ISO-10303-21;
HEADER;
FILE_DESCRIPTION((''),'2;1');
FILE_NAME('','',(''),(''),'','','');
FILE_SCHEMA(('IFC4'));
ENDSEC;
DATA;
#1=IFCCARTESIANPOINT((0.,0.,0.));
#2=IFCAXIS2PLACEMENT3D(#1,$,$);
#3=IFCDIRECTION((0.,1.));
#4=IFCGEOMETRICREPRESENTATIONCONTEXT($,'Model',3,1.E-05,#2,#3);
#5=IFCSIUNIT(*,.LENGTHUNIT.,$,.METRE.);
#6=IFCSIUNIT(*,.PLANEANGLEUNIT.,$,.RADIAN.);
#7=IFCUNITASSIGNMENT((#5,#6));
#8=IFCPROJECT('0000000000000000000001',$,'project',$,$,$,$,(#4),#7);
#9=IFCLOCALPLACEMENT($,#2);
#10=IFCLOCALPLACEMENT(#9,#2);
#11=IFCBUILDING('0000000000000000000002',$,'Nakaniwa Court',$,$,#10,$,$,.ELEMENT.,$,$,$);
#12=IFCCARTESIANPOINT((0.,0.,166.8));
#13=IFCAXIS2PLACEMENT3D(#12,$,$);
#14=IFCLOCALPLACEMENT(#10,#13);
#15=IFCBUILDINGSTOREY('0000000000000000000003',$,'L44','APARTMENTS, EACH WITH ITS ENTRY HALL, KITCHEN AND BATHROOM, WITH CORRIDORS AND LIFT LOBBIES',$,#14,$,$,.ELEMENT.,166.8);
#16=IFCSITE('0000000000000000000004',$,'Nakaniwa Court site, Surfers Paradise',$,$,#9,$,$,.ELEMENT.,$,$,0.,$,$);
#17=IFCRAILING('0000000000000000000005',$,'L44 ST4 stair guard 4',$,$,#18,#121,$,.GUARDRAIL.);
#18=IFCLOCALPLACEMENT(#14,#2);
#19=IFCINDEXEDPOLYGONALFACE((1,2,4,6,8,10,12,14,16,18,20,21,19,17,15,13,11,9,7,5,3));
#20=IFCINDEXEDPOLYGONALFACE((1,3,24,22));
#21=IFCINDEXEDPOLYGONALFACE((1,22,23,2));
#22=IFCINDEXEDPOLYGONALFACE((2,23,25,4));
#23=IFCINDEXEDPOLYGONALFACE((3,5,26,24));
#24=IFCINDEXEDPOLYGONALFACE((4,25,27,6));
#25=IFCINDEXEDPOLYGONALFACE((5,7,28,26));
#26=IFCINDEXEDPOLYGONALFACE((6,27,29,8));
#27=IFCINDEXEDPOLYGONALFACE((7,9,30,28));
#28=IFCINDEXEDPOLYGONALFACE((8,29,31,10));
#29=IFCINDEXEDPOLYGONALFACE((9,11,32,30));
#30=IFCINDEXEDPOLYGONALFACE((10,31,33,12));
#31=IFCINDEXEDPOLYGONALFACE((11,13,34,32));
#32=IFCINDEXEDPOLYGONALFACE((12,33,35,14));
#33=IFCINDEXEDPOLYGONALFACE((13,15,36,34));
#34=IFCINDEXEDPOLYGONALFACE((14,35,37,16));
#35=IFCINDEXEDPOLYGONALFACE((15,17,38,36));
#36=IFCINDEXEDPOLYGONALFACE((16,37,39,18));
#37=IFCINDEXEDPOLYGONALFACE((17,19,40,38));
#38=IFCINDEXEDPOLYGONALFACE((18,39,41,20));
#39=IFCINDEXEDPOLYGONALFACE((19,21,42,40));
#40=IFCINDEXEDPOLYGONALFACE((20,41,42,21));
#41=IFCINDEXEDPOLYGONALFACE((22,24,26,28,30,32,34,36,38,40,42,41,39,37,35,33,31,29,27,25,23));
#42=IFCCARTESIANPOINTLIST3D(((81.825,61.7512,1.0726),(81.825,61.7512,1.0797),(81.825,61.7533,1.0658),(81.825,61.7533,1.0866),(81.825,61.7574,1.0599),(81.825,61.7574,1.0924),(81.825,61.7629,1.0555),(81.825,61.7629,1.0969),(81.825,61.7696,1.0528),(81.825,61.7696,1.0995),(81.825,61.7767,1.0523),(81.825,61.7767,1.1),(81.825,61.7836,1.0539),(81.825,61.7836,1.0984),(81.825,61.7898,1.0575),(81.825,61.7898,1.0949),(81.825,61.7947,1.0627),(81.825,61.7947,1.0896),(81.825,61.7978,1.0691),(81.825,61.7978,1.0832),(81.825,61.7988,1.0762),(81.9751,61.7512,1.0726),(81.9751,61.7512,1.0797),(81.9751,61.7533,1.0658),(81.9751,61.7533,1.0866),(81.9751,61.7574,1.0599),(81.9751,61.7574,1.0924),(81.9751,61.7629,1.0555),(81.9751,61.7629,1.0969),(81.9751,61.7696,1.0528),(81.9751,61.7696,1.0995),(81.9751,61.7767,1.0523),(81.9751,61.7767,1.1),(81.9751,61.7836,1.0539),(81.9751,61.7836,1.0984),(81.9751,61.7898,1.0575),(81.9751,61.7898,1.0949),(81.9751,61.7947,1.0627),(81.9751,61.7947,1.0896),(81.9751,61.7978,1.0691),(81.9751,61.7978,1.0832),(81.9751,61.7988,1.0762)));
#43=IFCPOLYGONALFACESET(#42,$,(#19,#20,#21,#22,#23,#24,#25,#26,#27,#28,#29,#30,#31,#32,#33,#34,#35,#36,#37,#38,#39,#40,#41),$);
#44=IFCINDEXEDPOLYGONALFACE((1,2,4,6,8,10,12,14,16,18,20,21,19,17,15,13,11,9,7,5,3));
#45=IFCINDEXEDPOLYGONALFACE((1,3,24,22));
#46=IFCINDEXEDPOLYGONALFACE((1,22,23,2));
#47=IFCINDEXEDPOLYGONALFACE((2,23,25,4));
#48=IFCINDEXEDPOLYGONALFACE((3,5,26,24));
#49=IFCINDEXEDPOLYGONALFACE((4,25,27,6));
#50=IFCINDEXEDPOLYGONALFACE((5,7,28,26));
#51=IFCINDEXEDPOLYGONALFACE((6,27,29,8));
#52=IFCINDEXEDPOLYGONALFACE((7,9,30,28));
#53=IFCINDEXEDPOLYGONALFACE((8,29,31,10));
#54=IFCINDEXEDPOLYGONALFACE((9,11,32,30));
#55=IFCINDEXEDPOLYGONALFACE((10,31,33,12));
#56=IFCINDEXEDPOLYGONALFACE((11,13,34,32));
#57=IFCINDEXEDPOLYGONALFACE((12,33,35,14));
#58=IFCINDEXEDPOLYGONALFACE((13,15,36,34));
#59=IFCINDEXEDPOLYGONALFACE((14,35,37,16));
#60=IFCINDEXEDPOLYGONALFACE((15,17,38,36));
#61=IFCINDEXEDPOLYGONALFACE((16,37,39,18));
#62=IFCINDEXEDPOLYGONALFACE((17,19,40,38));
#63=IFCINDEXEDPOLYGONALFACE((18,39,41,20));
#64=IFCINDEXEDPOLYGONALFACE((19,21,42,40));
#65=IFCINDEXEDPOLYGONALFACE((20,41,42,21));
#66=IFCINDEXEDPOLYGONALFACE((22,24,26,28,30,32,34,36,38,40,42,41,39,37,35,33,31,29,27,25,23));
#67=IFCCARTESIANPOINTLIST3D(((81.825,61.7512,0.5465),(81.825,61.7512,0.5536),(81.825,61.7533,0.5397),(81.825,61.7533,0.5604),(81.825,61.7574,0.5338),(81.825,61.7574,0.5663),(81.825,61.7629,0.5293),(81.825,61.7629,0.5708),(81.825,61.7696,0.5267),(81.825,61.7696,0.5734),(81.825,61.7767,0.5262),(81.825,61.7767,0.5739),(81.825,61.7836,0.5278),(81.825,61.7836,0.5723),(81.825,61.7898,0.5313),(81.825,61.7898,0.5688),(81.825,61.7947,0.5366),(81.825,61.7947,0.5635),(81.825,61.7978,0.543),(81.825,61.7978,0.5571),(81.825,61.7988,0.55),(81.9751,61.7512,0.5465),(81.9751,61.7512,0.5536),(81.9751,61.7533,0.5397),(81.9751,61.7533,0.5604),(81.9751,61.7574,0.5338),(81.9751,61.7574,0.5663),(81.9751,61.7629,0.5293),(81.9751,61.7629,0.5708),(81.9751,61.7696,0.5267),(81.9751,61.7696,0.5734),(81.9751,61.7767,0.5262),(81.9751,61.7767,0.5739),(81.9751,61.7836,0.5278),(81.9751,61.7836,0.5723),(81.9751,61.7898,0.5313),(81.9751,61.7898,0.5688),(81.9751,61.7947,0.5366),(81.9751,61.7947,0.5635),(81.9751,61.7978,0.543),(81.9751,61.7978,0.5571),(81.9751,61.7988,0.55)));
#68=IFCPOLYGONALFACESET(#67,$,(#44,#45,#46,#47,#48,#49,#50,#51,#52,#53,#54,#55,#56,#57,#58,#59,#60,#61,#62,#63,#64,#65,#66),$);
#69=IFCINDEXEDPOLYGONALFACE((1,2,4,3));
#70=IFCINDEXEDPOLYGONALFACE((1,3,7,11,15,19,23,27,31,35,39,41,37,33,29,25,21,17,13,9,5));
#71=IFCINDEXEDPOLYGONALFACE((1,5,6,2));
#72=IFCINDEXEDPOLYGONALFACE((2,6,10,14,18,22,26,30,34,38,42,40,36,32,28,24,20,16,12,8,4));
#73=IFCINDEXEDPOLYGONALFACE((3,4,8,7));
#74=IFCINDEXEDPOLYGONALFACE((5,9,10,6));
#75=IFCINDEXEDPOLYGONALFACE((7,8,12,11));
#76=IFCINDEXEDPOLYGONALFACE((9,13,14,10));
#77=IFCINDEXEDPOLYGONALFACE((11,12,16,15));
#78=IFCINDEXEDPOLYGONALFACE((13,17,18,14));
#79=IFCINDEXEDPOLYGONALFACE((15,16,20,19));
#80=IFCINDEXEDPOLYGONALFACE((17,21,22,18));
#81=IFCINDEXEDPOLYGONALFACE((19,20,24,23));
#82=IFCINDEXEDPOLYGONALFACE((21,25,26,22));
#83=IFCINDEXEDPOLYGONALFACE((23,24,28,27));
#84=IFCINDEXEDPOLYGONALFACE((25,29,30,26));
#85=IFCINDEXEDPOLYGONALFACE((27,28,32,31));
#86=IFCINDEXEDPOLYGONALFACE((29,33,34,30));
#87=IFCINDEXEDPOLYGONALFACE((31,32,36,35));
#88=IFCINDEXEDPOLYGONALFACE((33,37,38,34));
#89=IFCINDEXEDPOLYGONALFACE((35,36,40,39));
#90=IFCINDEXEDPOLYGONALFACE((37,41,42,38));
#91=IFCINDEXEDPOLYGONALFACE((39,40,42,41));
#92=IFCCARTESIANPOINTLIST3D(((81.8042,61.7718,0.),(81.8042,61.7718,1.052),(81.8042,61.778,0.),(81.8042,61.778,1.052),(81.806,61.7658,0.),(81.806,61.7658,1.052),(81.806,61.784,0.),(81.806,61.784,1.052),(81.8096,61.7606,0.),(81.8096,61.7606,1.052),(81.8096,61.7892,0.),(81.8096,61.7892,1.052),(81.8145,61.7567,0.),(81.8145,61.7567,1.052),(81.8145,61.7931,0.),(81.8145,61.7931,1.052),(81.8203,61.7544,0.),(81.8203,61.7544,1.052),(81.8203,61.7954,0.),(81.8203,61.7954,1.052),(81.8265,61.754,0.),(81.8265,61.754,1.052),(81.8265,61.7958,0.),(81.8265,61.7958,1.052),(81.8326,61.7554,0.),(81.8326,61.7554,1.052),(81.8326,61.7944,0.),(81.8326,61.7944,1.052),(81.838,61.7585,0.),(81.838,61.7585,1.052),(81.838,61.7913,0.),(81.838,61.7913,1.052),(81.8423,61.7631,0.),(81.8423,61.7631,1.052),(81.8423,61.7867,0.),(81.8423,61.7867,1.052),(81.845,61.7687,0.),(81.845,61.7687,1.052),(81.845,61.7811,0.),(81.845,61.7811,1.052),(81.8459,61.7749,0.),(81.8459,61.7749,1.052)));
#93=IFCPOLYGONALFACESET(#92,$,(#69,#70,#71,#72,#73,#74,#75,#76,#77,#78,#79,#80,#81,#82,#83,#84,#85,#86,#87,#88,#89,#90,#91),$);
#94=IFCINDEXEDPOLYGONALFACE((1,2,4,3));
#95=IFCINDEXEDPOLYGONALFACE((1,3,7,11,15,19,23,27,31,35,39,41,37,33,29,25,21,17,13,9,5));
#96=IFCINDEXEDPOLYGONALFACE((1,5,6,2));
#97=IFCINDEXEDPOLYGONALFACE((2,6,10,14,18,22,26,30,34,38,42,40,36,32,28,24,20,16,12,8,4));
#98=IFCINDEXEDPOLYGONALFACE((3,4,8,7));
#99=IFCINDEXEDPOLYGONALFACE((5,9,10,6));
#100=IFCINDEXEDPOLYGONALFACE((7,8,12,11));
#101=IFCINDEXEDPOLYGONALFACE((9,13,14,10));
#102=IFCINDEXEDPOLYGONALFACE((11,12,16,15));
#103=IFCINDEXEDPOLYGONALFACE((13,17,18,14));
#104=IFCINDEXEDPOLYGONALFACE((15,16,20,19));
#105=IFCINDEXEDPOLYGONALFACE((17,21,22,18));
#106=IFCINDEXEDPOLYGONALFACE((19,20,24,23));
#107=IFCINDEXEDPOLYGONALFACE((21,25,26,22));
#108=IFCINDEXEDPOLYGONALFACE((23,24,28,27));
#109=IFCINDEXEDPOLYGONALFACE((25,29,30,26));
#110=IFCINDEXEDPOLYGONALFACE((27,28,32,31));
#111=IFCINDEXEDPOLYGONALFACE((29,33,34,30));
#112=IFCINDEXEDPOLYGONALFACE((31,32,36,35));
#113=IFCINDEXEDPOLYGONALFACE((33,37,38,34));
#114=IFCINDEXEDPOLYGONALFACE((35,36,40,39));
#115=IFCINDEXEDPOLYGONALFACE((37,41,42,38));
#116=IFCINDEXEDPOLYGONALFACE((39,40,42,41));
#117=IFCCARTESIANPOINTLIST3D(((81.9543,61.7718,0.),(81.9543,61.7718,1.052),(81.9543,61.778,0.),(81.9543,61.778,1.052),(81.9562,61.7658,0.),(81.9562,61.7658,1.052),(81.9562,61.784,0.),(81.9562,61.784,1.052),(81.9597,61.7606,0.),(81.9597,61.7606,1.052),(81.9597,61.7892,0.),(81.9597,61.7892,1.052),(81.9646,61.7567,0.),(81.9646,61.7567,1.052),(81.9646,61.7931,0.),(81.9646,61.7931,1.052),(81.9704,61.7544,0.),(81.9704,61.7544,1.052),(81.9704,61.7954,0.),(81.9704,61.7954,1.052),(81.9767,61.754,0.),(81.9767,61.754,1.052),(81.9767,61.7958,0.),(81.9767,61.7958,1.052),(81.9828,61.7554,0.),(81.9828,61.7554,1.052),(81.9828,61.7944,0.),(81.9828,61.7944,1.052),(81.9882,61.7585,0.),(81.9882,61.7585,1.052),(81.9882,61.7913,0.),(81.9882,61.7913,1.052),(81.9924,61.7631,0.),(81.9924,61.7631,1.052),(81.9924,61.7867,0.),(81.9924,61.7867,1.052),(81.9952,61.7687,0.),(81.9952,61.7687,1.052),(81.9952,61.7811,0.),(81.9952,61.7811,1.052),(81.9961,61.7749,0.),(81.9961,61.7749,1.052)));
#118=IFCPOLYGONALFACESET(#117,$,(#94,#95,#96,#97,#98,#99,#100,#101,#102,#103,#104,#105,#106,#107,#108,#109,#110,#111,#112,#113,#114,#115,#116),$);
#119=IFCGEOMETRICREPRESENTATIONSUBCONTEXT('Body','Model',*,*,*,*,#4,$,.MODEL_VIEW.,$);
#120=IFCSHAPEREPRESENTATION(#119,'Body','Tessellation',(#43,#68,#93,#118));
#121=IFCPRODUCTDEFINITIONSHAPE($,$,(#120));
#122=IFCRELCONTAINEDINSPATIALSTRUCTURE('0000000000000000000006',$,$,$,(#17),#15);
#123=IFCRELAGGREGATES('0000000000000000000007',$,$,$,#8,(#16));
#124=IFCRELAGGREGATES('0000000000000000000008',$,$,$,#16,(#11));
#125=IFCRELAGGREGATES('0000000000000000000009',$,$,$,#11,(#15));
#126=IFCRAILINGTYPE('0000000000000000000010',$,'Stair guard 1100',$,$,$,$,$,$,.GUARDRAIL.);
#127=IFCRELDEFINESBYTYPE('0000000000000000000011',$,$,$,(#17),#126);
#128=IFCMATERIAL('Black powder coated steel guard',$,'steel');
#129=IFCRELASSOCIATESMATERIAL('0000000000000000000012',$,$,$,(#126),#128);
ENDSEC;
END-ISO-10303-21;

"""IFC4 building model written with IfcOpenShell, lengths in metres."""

from ifc_helpers import new_model, si_unit, direction, frame, origin, origin_2d, place, context, subcontext, project, spatial, circle, extrude, material, type_object, element, save


model = new_model("IFC4")

# Units and contexts
model_context = context("Model", 3, precision=1e-05, world=origin(), true_north=direction((0.0, 1.0)))
body_context = subcontext(model_context, "Body", "Model", "MODEL_VIEW")
ifc_project = project(units=[si_unit("LENGTHUNIT", "METRE"), si_unit("PLANEANGLEUNIT", "RADIAN")], contexts=[model_context])

# Site, building, storey
site_placement = place(None, origin())
site = spatial("IfcSite", under=ifc_project, at=site_placement, Name="Nakaniwa Court site, Surfers Paradise", CompositionType="ELEMENT", RefElevation=0.0)
building_placement = place(site_placement, origin())
building = spatial("IfcBuilding", under=site, at=building_placement, Name="Nakaniwa Court", CompositionType="ELEMENT")
storey_placement = place(building_placement, frame((0.0, 0.0, 166.8)))
storey = spatial("IfcBuildingStorey", under=building, at=storey_placement, Name="L44", Description="APARTMENTS, EACH WITH ITS ENTRY HALL, KITCHEN AND BATHROOM, WITH CORRIDORS AND LIFT LOBBIES", CompositionType="ELEMENT", Elevation=166.8)

# Railing
ifc_material_1 = material(Name="Black powder coated steel guard", Category="steel")
railing_type_1 = type_object("IfcRailingType", Name="Stair guard 1100", PredefinedType="GUARDRAIL", material=ifc_material_1)
railing_1_placement = place(storey_placement, frame((81.825, 61.7749, 0.0)))
element("IfcRailing", 1, at=railing_1_placement, inside=storey, type_object=railing_type_1, Name="L44 ST4 stair guard 4", PredefinedType="GUARDRAIL", context=body_context, shape_type="SweptSolid", body=[
    extrude(circle(Radius=0.0239, at=origin_2d()), frame((0.0, 0.0, 1.0762), z_axis=(1.0, 0.0, 0.0), x_axis=(0.0, 1.0, 0.0)), (0.0, 0.0, 1.0), 0.1501),
    extrude(circle(Radius=0.0239, at=origin_2d()), frame((0.0, 0.0, 0.55), z_axis=(1.0, 0.0, 0.0), x_axis=(0.0, 1.0, 0.0)), (0.0, 0.0, 1.0), 0.1501),
    extrude(circle(Radius=0.021, at=origin_2d()), origin(), (0.0, 0.0, 1.0), 1.052),
    extrude(circle(Radius=0.021, at=origin_2d()), frame((0.1501, 0.0, 0.0)), (0.0, 0.0, 1.0), 1.052),
])

save(model, "model.ifc")
